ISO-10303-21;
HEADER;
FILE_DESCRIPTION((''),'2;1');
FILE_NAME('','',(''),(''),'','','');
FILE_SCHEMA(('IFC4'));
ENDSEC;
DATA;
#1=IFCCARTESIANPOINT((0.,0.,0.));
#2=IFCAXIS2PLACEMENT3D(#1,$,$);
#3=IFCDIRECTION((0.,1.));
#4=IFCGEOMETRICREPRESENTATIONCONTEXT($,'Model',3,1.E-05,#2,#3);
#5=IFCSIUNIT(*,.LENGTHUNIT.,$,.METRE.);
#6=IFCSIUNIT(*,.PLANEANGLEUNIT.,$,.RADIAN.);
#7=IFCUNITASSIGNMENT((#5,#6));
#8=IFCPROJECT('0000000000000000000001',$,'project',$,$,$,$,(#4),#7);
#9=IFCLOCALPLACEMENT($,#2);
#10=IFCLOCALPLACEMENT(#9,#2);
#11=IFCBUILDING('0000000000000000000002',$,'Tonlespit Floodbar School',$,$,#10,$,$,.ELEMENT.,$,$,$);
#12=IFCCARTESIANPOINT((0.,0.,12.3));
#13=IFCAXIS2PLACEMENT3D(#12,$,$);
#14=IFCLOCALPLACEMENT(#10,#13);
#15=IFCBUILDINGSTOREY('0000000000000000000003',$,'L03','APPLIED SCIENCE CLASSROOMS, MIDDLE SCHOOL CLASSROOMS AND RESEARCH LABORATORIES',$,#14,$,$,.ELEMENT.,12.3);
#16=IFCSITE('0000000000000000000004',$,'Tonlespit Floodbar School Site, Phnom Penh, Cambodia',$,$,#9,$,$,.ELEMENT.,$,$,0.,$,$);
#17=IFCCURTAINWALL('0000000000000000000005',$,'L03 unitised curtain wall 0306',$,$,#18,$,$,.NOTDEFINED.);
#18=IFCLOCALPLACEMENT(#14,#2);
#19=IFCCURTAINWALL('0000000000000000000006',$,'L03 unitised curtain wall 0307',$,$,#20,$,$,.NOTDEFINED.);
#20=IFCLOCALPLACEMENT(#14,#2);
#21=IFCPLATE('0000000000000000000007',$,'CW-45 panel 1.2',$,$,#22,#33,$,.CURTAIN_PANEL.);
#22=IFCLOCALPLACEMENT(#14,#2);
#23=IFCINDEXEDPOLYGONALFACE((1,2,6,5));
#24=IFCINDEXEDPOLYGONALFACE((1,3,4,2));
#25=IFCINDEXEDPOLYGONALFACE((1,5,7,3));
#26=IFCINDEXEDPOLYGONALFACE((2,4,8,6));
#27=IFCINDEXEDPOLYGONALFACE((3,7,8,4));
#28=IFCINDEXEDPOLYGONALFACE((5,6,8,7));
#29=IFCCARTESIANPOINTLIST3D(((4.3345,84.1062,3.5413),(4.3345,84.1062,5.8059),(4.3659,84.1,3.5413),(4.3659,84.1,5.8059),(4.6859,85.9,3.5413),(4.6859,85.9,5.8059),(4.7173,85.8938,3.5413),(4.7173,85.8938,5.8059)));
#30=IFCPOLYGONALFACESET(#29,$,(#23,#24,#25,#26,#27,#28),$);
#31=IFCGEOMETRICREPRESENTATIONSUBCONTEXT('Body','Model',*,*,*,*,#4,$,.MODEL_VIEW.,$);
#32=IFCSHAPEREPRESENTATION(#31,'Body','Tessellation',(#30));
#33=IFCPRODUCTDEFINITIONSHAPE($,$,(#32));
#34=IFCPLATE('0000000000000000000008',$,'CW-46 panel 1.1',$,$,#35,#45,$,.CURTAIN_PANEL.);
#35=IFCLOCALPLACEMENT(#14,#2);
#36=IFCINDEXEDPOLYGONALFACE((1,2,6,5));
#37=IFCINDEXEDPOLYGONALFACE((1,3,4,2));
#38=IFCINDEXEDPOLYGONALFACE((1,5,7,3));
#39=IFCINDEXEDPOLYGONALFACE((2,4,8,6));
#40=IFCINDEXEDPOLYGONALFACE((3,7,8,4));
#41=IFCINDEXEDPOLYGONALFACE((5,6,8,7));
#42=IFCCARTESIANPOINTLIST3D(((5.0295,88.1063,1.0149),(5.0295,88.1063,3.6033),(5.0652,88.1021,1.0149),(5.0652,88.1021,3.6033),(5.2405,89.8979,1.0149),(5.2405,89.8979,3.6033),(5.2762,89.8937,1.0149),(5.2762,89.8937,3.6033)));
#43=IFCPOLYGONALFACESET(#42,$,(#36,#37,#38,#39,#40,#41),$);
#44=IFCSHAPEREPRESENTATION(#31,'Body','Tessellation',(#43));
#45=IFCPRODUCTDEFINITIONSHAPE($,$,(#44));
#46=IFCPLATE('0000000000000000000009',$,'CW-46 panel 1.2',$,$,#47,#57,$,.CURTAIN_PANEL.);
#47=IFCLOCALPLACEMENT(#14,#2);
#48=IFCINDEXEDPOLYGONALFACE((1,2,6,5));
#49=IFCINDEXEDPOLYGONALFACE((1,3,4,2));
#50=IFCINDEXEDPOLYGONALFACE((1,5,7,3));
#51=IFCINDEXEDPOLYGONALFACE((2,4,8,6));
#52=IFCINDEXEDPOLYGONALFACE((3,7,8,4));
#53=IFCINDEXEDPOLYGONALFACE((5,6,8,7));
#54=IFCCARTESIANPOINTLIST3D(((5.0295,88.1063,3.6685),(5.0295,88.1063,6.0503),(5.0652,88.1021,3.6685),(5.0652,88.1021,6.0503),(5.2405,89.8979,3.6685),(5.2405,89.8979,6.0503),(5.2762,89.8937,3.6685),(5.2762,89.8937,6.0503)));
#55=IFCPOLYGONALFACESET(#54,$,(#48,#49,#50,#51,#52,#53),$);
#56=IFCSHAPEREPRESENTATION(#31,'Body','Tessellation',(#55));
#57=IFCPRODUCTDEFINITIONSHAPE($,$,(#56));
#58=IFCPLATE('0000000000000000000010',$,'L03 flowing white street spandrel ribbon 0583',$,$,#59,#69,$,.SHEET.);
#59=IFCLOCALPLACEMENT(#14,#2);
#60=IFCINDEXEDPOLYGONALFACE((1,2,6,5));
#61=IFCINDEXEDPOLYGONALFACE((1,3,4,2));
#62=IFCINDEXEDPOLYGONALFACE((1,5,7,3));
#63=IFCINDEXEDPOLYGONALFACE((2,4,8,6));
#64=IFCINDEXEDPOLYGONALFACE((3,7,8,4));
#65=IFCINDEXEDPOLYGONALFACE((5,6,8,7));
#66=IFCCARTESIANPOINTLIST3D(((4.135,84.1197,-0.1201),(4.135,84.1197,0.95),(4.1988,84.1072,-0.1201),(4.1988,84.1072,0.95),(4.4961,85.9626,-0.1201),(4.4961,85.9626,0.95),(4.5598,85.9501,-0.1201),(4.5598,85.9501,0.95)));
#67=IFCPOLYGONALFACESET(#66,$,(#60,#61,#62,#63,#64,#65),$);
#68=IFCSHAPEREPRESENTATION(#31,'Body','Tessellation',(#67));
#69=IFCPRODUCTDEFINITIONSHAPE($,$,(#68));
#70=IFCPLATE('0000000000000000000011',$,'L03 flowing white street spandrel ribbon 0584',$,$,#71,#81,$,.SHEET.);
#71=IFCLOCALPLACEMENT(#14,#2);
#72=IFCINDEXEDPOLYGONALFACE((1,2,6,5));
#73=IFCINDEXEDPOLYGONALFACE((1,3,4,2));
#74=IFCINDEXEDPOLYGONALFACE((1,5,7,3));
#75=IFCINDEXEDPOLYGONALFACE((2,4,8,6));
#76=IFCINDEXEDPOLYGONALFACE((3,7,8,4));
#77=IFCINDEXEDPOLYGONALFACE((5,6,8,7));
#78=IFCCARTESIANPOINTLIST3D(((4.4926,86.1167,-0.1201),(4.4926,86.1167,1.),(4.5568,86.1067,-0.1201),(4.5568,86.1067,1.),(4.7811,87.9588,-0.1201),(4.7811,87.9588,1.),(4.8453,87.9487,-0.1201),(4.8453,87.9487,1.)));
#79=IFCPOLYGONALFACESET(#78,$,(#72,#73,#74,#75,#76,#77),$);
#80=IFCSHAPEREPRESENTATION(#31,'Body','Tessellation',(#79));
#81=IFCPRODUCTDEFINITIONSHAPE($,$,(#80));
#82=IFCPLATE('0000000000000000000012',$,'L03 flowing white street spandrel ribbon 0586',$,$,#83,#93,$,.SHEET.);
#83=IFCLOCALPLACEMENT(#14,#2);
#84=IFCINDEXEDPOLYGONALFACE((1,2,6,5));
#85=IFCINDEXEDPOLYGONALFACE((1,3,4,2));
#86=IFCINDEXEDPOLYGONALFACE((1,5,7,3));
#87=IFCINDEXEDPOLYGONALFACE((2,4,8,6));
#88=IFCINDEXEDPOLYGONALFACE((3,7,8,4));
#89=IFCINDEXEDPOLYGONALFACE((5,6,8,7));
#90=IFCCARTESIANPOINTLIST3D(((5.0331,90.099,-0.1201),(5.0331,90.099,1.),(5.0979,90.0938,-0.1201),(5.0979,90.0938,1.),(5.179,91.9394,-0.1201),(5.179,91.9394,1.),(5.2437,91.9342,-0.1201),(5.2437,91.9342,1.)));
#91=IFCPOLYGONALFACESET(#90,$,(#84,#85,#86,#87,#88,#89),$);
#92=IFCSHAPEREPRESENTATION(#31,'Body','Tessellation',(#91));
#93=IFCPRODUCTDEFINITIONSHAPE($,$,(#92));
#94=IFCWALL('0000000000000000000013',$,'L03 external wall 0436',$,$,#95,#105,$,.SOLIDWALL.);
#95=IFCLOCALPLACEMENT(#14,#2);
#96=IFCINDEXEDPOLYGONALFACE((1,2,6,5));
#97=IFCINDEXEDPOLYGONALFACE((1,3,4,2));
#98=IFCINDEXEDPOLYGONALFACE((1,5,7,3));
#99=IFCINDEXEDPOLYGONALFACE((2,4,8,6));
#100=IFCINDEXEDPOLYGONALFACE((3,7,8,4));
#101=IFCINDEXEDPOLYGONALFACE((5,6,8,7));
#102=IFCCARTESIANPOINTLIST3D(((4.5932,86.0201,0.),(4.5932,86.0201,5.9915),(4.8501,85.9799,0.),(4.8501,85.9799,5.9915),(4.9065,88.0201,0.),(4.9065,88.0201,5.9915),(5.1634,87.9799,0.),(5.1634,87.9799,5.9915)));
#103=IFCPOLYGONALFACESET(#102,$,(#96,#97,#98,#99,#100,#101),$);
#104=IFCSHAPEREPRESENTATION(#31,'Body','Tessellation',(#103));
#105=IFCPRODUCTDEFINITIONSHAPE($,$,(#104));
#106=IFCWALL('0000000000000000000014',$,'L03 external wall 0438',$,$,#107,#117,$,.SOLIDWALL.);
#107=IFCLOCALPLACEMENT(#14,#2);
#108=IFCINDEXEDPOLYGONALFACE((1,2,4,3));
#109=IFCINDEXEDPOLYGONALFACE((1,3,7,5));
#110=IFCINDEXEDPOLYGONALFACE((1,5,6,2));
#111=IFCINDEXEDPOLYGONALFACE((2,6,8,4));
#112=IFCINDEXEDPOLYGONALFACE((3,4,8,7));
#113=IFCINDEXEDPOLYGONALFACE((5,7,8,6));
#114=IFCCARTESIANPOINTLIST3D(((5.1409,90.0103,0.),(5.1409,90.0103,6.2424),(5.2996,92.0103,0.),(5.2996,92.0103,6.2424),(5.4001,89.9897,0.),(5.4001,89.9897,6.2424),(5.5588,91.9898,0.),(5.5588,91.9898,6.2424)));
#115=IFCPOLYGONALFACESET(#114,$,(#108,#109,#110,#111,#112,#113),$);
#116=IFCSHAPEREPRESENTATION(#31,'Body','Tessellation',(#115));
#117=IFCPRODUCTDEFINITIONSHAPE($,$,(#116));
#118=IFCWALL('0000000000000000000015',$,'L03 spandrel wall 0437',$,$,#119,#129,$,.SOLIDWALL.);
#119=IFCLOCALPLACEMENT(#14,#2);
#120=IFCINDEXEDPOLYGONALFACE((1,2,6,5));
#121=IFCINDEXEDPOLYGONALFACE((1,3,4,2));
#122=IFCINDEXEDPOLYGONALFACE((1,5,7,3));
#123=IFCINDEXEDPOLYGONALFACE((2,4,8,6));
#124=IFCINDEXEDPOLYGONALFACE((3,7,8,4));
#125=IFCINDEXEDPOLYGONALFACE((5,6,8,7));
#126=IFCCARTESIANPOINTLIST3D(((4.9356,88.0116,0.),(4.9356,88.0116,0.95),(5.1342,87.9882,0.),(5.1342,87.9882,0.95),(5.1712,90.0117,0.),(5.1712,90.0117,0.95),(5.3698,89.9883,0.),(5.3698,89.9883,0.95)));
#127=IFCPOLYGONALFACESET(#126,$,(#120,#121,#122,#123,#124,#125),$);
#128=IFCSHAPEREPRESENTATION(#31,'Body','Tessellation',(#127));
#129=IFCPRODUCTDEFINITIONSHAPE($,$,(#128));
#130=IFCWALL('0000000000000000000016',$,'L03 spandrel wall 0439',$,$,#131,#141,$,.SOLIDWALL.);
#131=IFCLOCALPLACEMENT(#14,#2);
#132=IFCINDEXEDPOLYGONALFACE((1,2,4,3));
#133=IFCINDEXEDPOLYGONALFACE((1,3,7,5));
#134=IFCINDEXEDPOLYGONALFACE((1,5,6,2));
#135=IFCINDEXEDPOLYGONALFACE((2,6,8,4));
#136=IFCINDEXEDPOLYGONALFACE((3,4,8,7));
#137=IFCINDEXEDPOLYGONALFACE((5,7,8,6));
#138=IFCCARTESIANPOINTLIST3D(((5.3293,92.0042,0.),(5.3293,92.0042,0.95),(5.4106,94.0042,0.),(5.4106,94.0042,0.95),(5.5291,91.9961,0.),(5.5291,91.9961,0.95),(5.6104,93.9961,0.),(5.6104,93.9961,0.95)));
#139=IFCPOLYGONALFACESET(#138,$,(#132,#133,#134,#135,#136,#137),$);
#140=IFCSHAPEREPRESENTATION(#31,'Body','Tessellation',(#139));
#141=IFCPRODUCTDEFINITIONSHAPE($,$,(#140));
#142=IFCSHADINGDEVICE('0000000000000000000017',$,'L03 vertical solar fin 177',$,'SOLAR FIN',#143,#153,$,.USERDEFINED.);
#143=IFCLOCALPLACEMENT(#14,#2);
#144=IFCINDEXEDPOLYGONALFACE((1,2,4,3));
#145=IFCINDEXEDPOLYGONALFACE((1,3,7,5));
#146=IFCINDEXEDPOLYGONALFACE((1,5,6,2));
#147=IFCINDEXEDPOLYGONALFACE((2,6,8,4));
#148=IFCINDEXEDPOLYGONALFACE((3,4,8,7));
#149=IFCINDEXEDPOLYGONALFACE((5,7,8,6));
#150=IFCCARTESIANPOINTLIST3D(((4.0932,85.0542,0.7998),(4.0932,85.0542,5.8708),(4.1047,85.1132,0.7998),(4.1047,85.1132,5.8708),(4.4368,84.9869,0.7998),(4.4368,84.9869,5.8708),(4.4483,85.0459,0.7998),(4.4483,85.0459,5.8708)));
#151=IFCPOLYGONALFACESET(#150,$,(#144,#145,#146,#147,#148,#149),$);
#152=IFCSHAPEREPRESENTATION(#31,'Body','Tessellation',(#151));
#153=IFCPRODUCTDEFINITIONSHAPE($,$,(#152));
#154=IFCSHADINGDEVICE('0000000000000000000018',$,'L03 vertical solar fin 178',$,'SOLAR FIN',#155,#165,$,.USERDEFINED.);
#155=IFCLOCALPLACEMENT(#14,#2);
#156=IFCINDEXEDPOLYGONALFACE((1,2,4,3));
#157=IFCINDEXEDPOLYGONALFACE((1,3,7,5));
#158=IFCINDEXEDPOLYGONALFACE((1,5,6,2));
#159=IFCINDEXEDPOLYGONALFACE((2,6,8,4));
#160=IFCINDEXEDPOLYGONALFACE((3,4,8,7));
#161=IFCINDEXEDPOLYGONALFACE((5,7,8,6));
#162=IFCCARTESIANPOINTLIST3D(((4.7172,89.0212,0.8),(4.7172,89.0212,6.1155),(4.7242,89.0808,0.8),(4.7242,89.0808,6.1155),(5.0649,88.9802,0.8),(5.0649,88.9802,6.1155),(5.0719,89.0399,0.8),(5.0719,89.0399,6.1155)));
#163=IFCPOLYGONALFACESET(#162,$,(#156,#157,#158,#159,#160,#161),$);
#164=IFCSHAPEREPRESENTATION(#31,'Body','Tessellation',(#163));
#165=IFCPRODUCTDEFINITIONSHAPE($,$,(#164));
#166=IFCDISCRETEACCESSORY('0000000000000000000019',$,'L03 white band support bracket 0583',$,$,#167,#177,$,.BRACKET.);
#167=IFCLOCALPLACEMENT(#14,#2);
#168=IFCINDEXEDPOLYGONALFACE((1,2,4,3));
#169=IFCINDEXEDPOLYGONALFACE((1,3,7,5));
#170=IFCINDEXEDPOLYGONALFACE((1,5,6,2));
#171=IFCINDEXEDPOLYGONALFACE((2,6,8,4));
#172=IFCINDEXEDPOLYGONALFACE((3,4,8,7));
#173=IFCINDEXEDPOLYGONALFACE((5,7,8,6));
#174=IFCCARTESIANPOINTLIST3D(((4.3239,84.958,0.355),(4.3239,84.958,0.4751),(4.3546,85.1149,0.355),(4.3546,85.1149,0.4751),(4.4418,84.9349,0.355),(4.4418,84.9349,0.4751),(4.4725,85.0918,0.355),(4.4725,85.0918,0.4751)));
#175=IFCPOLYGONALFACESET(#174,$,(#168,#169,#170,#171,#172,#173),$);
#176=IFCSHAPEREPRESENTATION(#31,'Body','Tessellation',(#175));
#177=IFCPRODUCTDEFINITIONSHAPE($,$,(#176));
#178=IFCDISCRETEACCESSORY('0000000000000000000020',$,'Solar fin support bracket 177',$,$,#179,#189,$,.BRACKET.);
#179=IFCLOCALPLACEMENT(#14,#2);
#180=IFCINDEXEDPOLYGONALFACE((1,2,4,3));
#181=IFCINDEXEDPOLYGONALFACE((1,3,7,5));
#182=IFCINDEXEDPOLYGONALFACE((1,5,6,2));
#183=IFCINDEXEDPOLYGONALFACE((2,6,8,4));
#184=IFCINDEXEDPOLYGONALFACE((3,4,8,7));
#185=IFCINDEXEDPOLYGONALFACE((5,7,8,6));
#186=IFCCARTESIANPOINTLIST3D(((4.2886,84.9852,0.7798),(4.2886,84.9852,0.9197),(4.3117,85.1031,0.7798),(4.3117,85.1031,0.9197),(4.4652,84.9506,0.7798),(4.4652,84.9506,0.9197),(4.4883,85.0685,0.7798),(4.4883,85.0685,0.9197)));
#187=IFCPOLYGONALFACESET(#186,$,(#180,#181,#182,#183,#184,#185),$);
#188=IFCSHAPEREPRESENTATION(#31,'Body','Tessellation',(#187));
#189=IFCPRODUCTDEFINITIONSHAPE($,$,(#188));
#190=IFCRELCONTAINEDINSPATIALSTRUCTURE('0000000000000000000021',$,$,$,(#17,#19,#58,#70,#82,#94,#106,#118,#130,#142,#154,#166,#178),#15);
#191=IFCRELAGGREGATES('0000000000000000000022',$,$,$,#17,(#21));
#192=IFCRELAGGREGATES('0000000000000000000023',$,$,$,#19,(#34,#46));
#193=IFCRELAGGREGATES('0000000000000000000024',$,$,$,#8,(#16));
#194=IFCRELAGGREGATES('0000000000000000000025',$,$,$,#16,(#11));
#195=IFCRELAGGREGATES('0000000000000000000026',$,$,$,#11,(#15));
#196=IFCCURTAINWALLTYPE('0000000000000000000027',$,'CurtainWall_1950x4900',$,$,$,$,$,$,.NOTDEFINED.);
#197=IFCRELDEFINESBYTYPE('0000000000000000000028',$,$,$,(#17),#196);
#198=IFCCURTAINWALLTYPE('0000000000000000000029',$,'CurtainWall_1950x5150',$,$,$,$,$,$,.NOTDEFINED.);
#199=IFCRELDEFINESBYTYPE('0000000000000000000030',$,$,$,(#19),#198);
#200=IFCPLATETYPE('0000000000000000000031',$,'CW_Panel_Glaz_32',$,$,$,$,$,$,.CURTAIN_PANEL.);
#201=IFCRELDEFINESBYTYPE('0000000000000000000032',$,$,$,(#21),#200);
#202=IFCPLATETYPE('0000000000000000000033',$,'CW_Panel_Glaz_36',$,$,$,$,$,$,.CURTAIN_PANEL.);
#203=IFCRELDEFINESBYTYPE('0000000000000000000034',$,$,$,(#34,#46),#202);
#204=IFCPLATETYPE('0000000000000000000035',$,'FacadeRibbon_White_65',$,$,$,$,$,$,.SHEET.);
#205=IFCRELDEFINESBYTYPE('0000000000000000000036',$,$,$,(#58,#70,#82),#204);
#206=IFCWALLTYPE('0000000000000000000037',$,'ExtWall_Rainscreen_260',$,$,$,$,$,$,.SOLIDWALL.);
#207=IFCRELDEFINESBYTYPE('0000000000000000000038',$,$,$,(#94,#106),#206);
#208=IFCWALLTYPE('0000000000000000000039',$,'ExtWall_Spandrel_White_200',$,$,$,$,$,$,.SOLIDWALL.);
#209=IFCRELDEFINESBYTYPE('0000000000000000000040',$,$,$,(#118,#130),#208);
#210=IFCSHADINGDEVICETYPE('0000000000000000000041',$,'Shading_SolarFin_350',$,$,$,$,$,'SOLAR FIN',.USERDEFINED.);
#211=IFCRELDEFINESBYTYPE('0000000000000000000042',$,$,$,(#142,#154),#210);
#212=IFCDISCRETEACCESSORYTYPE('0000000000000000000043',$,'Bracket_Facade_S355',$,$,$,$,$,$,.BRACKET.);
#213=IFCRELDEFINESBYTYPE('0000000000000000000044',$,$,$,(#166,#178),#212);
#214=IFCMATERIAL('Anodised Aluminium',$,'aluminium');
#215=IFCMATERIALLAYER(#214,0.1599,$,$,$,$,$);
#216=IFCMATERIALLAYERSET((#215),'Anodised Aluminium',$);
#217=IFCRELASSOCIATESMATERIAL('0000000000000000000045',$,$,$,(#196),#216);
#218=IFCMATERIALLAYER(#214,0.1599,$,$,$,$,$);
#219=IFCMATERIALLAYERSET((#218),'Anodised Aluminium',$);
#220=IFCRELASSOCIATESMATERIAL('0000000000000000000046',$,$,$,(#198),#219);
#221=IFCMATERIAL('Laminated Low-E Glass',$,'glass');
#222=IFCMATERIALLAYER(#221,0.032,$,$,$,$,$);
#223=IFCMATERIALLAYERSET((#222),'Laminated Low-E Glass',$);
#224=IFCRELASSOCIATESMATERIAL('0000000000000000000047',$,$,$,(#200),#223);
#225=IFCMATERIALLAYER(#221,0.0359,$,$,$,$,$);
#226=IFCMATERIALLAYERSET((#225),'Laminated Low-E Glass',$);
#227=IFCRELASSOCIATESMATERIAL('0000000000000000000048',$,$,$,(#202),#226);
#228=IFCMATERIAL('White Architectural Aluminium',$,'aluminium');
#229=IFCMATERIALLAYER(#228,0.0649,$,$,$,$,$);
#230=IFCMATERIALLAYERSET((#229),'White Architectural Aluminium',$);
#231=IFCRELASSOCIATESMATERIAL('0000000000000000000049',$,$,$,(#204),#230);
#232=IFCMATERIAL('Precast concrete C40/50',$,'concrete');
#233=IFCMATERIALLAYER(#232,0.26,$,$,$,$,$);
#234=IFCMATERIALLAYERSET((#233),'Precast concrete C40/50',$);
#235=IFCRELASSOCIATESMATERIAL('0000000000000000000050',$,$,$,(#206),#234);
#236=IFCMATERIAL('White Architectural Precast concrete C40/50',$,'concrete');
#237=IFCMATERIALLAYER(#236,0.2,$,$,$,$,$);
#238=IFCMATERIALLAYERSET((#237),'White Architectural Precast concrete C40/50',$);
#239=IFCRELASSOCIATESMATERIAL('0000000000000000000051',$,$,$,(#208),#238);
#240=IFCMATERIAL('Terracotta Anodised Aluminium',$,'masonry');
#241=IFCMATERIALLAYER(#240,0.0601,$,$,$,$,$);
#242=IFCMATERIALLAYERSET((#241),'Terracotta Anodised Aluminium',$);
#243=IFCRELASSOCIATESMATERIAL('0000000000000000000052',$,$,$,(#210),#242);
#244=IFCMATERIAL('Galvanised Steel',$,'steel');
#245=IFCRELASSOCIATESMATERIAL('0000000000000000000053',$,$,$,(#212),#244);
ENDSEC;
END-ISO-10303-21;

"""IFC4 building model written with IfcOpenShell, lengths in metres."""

from ifc_helpers import new_model, si_unit, direction, frame, frame_2d, origin, origin_2d, place, context, subcontext, project, spatial, rectangle, extrude, material, layer, layer_set, type_object, element, aggregate, save


model = new_model("IFC4")

# Units and contexts
model_context = context("Model", 3, precision=1e-05, world=origin(), true_north=direction((0.0, 1.0)))
body_context = subcontext(model_context, "Body", "Model", "MODEL_VIEW")
ifc_project = project(units=[si_unit("LENGTHUNIT", "METRE"), si_unit("PLANEANGLEUNIT", "RADIAN")], contexts=[model_context])

# Site, building, storey
site_placement = place(None, origin())
site = spatial("IfcSite", under=ifc_project, at=site_placement, Name="Tonlespit Floodbar School Site, Phnom Penh, Cambodia", CompositionType="ELEMENT", RefElevation=0.0)
building_placement = place(site_placement, origin())
building = spatial("IfcBuilding", under=site, at=building_placement, Name="Tonlespit Floodbar School", CompositionType="ELEMENT")
storey_placement = place(building_placement, frame((0.0, 0.0, 12.3)))
storey = spatial("IfcBuildingStorey", under=building, at=storey_placement, Name="L03", Description="APPLIED SCIENCE CLASSROOMS, MIDDLE SCHOOL CLASSROOMS AND RESEARCH LABORATORIES", CompositionType="ELEMENT", Elevation=12.3)

# Curtain wall
ifc_material_1 = material(Name="Anodised Aluminium", Category="aluminium")
ifc_layer_1 = layer(ifc_material_1, 0.1599)
ifc_layer_set_1 = layer_set([ifc_layer_1], Name="Anodised Aluminium")
curtain_wall_type_1 = type_object("IfcCurtainWallType", Name="CurtainWall_1950x4900", PredefinedType="NOTDEFINED", material=ifc_layer_set_1)
curtain_wall_1_placement = place(storey_placement, origin())
curtain_wall_1 = element("IfcCurtainWall", 1, at=curtain_wall_1_placement, inside=storey, type_object=curtain_wall_type_1, Name="L03 unitised curtain wall 0306", PredefinedType="NOTDEFINED")

# Curtain wall
ifc_layer_2 = layer(ifc_material_1, 0.1599)
ifc_layer_set_2 = layer_set([ifc_layer_2], Name="Anodised Aluminium")
curtain_wall_type_2 = type_object("IfcCurtainWallType", Name="CurtainWall_1950x5150", PredefinedType="NOTDEFINED", material=ifc_layer_set_2)
curtain_wall_2_placement = place(storey_placement, origin())
curtain_wall_2 = element("IfcCurtainWall", 2, at=curtain_wall_2_placement, inside=storey, type_object=curtain_wall_type_2, Name="L03 unitised curtain wall 0307", PredefinedType="NOTDEFINED")

# Plates
ifc_material_2 = material(Name="Laminated Low-E Glass", Category="glass")
ifc_layer_3 = layer(ifc_material_2, 0.032)
ifc_layer_set_3 = layer_set([ifc_layer_3], Name="Laminated Low-E Glass")
plate_type_1 = type_object("IfcPlateType", Name="CW_Panel_Glaz_32", PredefinedType="CURTAIN_PANEL", material=ifc_layer_set_3)
plate_1_placement = place(storey_placement, frame((4.5259, 85.0, 3.5413), z_axis=(0.0, 0.0, 1.0), x_axis=(0.192245, 0.981347, 0.0)))
plate_1 = element("IfcPlate", 3, at=plate_1_placement, type_object=plate_type_1, Name="CW-45 panel 1.2", PredefinedType="CURTAIN_PANEL", context=body_context, shape_type="SweptSolid", body=[
    extrude(rectangle(XDim=1.8279, YDim=0.032, at=origin_2d()), origin(), (0.0, 0.0, 1.0), 2.2646),
])
aggregate(curtain_wall_1, [plate_1])
ifc_layer_4 = layer(ifc_material_2, 0.0359)
ifc_layer_set_4 = layer_set([ifc_layer_4], Name="Laminated Low-E Glass")
plate_type_2 = type_object("IfcPlateType", Name="CW_Panel_Glaz_36", PredefinedType="CURTAIN_PANEL", material=ifc_layer_set_4)
plate_2_placement = place(storey_placement, frame((5.1528, 89.0, 1.0149), z_axis=(0.0, 0.0, 1.0), x_axis=(0.116967, 0.993136, 0.0)))
plate_2 = element("IfcPlate", 4, at=plate_2_placement, type_object=plate_type_2, Name="CW-46 panel 1.1", PredefinedType="CURTAIN_PANEL", context=body_context, shape_type="SweptSolid", body=[
    extrude(rectangle(XDim=1.804, YDim=0.0359, at=origin_2d()), origin(), (0.0, 0.0, 1.0), 2.5884),
])
plate_3_placement = place(storey_placement, frame((5.1528, 89.0, 3.6685), z_axis=(0.0, 0.0, 1.0), x_axis=(0.116967, 0.993136, 0.0)))
plate_3 = element("IfcPlate", 5, at=plate_3_placement, type_object=plate_type_2, Name="CW-46 panel 1.2", PredefinedType="CURTAIN_PANEL", context=body_context, shape_type="SweptSolid", body=[
    extrude(rectangle(XDim=1.804, YDim=0.0359, at=origin_2d()), origin(), (0.0, 0.0, 1.0), 2.3818),
])
aggregate(curtain_wall_2, [plate_2, plate_3])

# Plates
ifc_material_3 = material(Name="White Architectural Aluminium", Category="aluminium")
ifc_layer_5 = layer(ifc_material_3, 0.0649)
ifc_layer_set_5 = layer_set([ifc_layer_5], Name="White Architectural Aluminium")
plate_type_3 = type_object("IfcPlateType", Name="FacadeRibbon_White_65", PredefinedType="SHEET", material=ifc_layer_set_5)
plate_4_placement = place(storey_placement, frame((4.3474, 85.0349, -0.1201), z_axis=(0.0, 0.0, 1.0), x_axis=(0.192246, 0.981347, 0.0)))
element("IfcPlate", 6, at=plate_4_placement, inside=storey, type_object=plate_type_3, Name="L03 flowing white street spandrel ribbon 0583", PredefinedType="SHEET", context=body_context, shape_type="SweptSolid", body=[
    extrude(rectangle(XDim=1.8779, YDim=0.0649, at=origin_2d()), origin(), (0.0, 0.0, 1.0), 1.0701),
])
plate_5_placement = place(storey_placement, frame((4.6689, 87.0327, -0.1201), z_axis=(0.0, 0.0, 1.0), x_axis=(0.154714, 0.987959, 0.0)))
element("IfcPlate", 7, at=plate_5_placement, inside=storey, type_object=plate_type_3, Name="L03 flowing white street spandrel ribbon 0584", PredefinedType="SHEET", context=body_context, shape_type="SweptSolid", body=[
    extrude(rectangle(XDim=1.8645, YDim=0.0649, at=origin_2d()), origin(), (0.0, 0.0, 1.0), 1.1201),
])
plate_6_placement = place(storey_placement, frame((5.1384, 91.0166, -0.1201), z_axis=(0.0, 0.0, 1.0), x_axis=(0.079002, 0.996874, 0.0)))
element("IfcPlate", 8, at=plate_6_placement, inside=storey, type_object=plate_type_3, Name="L03 flowing white street spandrel ribbon 0586", PredefinedType="SHEET", context=body_context, shape_type="SweptSolid", body=[
    extrude(rectangle(XDim=1.8462, YDim=0.0649, at=origin_2d()), origin(), (0.0, 0.0, 1.0), 1.1201),
])

# Walls
ifc_material_4 = material(Name="Precast concrete C40/50", Category="concrete")
ifc_layer_6 = layer(ifc_material_4, 0.26)
ifc_layer_set_6 = layer_set([ifc_layer_6], Name="Precast concrete C40/50")
wall_type_1 = type_object("IfcWallType", Name="ExtWall_Rainscreen_260", PredefinedType="SOLIDWALL", material=ifc_layer_set_6)
wall_1_placement = place(storey_placement, frame((4.7217, 86.0, 0.0), z_axis=(0.0, 0.0, 1.0), x_axis=(0.15473, 0.987957, 0.0)))
element("IfcWall", 9, at=wall_1_placement, inside=storey, type_object=wall_type_1, Name="L03 external wall 0436", PredefinedType="SOLIDWALL", context=body_context, shape_type="SweptSolid", body=[
    extrude(rectangle(XDim=2.0244, YDim=0.26, at=frame_2d((1.0122, 0.0))), origin(), (0.0, 0.0, 1.0), 5.9915),
])
wall_2_placement = place(storey_placement, frame((5.2705, 90.0, 0.0), z_axis=(0.0, 0.0, 1.0), x_axis=(0.079097, 0.996867, 0.0)))
element("IfcWall", 10, at=wall_2_placement, inside=storey, type_object=wall_type_1, Name="L03 external wall 0438", PredefinedType="SOLIDWALL", context=body_context, shape_type="SweptSolid", body=[
    extrude(rectangle(XDim=2.0063, YDim=0.26, at=frame_2d((1.0032, 0.0))), origin(), (0.0, 0.0, 1.0), 6.2424),
])
ifc_material_5 = material(Name="White Architectural Precast concrete C40/50", Category="concrete")
ifc_layer_7 = layer(ifc_material_5, 0.2)
ifc_layer_set_7 = layer_set([ifc_layer_7], Name="White Architectural Precast concrete C40/50")
wall_type_2 = type_object("IfcWallType", Name="ExtWall_Spandrel_White_200", PredefinedType="SOLIDWALL", material=ifc_layer_set_7)
wall_3_placement = place(storey_placement, frame((5.0349, 88.0, 0.0), z_axis=(0.0, 0.0, 1.0), x_axis=(0.116989, 0.993133, 0.0)))
element("IfcWall", 11, at=wall_3_placement, inside=storey, type_object=wall_type_2, Name="L03 spandrel wall 0437", PredefinedType="SOLIDWALL", context=body_context, shape_type="SweptSolid", body=[
    extrude(rectangle(XDim=2.0139, YDim=0.2, at=frame_2d((1.0068, 0.0))), origin(), (0.0, 0.0, 1.0), 0.95),
])
wall_4_placement = place(storey_placement, frame((5.4292, 92.0, 0.0), z_axis=(0.0, 0.0, 1.0), x_axis=(0.040616, 0.999175, 0.0)))
element("IfcWall", 12, at=wall_4_placement, inside=storey, type_object=wall_type_2, Name="L03 spandrel wall 0439", PredefinedType="SOLIDWALL", context=body_context, shape_type="SweptSolid", body=[
    extrude(rectangle(XDim=2.0017, YDim=0.2, at=frame_2d((1.001, 0.0))), origin(), (0.0, 0.0, 1.0), 0.95),
])

# Shading devices
ifc_material_6 = material(Name="Terracotta Anodised Aluminium", Category="masonry")
ifc_layer_8 = layer(ifc_material_6, 0.0601)
ifc_layer_set_8 = layer_set([ifc_layer_8], Name="Terracotta Anodised Aluminium")
shading_device_type = type_object("IfcShadingDeviceType", Name="Shading_SolarFin_350", ElementType="SOLAR FIN", PredefinedType="USERDEFINED", material=ifc_layer_set_8)
shading_device_1_placement = place(storey_placement, frame((4.2708, 85.05, 0.7998), z_axis=(0.0, 0.0, 1.0), x_axis=(0.192246, 0.981347, 0.0)))
element("IfcShadingDevice", 13, at=shading_device_1_placement, inside=storey, type_object=shading_device_type, Name="L03 vertical solar fin 177", ObjectType="SOLAR FIN", PredefinedType="USERDEFINED", context=body_context, shape_type="SweptSolid", body=[
    extrude(rectangle(XDim=0.0601, YDim=0.3501, at=origin_2d()), origin(), (0.0, 0.0, 1.0), 5.071),
])
shading_device_2_placement = place(storey_placement, frame((4.8945, 89.0305, 0.8), z_axis=(0.0, 0.0, 1.0), x_axis=(0.116991, 0.993133, 0.0)))
element("IfcShadingDevice", 14, at=shading_device_2_placement, inside=storey, type_object=shading_device_type, Name="L03 vertical solar fin 178", ObjectType="SOLAR FIN", PredefinedType="USERDEFINED", context=body_context, shape_type="SweptSolid", body=[
    extrude(rectangle(XDim=0.0601, YDim=0.3501, at=origin_2d()), origin(), (0.0, 0.0, 1.0), 5.3154),
])

# Discrete accessories
ifc_material_7 = material(Name="Galvanised Steel", Category="steel")
discrete_accessory_type = type_object("IfcDiscreteAccessoryType", Name="Bracket_Facade_S355", PredefinedType="BRACKET", material=ifc_material_7)
discrete_accessory_1_placement = place(storey_placement, frame((4.3982, 85.0249, 0.355), z_axis=(0.0, 0.0, 1.0), x_axis=(0.192246, 0.981347, 0.0)))
element("IfcDiscreteAccessory", 15, at=discrete_accessory_1_placement, inside=storey, type_object=discrete_accessory_type, Name="L03 white band support bracket 0583", PredefinedType="BRACKET", context=body_context, shape_type="SweptSolid", body=[
    extrude(rectangle(XDim=0.1599, YDim=0.1201, at=origin_2d()), origin(), (0.0, 0.0, 1.0), 0.1201),
])
discrete_accessory_2_placement = place(storey_placement, frame((4.3884, 85.0269, 0.7798), z_axis=(0.0, 0.0, 1.0), x_axis=(0.192246, 0.981347, 0.0)))
element("IfcDiscreteAccessory", 16, at=discrete_accessory_2_placement, inside=storey, type_object=discrete_accessory_type, Name="Solar fin support bracket 177", PredefinedType="BRACKET", context=body_context, shape_type="SweptSolid", body=[
    extrude(rectangle(XDim=0.1201, YDim=0.1799, at=origin_2d()), origin(), (0.0, 0.0, 1.0), 0.1399),
])

save(model, "model.ifc")
